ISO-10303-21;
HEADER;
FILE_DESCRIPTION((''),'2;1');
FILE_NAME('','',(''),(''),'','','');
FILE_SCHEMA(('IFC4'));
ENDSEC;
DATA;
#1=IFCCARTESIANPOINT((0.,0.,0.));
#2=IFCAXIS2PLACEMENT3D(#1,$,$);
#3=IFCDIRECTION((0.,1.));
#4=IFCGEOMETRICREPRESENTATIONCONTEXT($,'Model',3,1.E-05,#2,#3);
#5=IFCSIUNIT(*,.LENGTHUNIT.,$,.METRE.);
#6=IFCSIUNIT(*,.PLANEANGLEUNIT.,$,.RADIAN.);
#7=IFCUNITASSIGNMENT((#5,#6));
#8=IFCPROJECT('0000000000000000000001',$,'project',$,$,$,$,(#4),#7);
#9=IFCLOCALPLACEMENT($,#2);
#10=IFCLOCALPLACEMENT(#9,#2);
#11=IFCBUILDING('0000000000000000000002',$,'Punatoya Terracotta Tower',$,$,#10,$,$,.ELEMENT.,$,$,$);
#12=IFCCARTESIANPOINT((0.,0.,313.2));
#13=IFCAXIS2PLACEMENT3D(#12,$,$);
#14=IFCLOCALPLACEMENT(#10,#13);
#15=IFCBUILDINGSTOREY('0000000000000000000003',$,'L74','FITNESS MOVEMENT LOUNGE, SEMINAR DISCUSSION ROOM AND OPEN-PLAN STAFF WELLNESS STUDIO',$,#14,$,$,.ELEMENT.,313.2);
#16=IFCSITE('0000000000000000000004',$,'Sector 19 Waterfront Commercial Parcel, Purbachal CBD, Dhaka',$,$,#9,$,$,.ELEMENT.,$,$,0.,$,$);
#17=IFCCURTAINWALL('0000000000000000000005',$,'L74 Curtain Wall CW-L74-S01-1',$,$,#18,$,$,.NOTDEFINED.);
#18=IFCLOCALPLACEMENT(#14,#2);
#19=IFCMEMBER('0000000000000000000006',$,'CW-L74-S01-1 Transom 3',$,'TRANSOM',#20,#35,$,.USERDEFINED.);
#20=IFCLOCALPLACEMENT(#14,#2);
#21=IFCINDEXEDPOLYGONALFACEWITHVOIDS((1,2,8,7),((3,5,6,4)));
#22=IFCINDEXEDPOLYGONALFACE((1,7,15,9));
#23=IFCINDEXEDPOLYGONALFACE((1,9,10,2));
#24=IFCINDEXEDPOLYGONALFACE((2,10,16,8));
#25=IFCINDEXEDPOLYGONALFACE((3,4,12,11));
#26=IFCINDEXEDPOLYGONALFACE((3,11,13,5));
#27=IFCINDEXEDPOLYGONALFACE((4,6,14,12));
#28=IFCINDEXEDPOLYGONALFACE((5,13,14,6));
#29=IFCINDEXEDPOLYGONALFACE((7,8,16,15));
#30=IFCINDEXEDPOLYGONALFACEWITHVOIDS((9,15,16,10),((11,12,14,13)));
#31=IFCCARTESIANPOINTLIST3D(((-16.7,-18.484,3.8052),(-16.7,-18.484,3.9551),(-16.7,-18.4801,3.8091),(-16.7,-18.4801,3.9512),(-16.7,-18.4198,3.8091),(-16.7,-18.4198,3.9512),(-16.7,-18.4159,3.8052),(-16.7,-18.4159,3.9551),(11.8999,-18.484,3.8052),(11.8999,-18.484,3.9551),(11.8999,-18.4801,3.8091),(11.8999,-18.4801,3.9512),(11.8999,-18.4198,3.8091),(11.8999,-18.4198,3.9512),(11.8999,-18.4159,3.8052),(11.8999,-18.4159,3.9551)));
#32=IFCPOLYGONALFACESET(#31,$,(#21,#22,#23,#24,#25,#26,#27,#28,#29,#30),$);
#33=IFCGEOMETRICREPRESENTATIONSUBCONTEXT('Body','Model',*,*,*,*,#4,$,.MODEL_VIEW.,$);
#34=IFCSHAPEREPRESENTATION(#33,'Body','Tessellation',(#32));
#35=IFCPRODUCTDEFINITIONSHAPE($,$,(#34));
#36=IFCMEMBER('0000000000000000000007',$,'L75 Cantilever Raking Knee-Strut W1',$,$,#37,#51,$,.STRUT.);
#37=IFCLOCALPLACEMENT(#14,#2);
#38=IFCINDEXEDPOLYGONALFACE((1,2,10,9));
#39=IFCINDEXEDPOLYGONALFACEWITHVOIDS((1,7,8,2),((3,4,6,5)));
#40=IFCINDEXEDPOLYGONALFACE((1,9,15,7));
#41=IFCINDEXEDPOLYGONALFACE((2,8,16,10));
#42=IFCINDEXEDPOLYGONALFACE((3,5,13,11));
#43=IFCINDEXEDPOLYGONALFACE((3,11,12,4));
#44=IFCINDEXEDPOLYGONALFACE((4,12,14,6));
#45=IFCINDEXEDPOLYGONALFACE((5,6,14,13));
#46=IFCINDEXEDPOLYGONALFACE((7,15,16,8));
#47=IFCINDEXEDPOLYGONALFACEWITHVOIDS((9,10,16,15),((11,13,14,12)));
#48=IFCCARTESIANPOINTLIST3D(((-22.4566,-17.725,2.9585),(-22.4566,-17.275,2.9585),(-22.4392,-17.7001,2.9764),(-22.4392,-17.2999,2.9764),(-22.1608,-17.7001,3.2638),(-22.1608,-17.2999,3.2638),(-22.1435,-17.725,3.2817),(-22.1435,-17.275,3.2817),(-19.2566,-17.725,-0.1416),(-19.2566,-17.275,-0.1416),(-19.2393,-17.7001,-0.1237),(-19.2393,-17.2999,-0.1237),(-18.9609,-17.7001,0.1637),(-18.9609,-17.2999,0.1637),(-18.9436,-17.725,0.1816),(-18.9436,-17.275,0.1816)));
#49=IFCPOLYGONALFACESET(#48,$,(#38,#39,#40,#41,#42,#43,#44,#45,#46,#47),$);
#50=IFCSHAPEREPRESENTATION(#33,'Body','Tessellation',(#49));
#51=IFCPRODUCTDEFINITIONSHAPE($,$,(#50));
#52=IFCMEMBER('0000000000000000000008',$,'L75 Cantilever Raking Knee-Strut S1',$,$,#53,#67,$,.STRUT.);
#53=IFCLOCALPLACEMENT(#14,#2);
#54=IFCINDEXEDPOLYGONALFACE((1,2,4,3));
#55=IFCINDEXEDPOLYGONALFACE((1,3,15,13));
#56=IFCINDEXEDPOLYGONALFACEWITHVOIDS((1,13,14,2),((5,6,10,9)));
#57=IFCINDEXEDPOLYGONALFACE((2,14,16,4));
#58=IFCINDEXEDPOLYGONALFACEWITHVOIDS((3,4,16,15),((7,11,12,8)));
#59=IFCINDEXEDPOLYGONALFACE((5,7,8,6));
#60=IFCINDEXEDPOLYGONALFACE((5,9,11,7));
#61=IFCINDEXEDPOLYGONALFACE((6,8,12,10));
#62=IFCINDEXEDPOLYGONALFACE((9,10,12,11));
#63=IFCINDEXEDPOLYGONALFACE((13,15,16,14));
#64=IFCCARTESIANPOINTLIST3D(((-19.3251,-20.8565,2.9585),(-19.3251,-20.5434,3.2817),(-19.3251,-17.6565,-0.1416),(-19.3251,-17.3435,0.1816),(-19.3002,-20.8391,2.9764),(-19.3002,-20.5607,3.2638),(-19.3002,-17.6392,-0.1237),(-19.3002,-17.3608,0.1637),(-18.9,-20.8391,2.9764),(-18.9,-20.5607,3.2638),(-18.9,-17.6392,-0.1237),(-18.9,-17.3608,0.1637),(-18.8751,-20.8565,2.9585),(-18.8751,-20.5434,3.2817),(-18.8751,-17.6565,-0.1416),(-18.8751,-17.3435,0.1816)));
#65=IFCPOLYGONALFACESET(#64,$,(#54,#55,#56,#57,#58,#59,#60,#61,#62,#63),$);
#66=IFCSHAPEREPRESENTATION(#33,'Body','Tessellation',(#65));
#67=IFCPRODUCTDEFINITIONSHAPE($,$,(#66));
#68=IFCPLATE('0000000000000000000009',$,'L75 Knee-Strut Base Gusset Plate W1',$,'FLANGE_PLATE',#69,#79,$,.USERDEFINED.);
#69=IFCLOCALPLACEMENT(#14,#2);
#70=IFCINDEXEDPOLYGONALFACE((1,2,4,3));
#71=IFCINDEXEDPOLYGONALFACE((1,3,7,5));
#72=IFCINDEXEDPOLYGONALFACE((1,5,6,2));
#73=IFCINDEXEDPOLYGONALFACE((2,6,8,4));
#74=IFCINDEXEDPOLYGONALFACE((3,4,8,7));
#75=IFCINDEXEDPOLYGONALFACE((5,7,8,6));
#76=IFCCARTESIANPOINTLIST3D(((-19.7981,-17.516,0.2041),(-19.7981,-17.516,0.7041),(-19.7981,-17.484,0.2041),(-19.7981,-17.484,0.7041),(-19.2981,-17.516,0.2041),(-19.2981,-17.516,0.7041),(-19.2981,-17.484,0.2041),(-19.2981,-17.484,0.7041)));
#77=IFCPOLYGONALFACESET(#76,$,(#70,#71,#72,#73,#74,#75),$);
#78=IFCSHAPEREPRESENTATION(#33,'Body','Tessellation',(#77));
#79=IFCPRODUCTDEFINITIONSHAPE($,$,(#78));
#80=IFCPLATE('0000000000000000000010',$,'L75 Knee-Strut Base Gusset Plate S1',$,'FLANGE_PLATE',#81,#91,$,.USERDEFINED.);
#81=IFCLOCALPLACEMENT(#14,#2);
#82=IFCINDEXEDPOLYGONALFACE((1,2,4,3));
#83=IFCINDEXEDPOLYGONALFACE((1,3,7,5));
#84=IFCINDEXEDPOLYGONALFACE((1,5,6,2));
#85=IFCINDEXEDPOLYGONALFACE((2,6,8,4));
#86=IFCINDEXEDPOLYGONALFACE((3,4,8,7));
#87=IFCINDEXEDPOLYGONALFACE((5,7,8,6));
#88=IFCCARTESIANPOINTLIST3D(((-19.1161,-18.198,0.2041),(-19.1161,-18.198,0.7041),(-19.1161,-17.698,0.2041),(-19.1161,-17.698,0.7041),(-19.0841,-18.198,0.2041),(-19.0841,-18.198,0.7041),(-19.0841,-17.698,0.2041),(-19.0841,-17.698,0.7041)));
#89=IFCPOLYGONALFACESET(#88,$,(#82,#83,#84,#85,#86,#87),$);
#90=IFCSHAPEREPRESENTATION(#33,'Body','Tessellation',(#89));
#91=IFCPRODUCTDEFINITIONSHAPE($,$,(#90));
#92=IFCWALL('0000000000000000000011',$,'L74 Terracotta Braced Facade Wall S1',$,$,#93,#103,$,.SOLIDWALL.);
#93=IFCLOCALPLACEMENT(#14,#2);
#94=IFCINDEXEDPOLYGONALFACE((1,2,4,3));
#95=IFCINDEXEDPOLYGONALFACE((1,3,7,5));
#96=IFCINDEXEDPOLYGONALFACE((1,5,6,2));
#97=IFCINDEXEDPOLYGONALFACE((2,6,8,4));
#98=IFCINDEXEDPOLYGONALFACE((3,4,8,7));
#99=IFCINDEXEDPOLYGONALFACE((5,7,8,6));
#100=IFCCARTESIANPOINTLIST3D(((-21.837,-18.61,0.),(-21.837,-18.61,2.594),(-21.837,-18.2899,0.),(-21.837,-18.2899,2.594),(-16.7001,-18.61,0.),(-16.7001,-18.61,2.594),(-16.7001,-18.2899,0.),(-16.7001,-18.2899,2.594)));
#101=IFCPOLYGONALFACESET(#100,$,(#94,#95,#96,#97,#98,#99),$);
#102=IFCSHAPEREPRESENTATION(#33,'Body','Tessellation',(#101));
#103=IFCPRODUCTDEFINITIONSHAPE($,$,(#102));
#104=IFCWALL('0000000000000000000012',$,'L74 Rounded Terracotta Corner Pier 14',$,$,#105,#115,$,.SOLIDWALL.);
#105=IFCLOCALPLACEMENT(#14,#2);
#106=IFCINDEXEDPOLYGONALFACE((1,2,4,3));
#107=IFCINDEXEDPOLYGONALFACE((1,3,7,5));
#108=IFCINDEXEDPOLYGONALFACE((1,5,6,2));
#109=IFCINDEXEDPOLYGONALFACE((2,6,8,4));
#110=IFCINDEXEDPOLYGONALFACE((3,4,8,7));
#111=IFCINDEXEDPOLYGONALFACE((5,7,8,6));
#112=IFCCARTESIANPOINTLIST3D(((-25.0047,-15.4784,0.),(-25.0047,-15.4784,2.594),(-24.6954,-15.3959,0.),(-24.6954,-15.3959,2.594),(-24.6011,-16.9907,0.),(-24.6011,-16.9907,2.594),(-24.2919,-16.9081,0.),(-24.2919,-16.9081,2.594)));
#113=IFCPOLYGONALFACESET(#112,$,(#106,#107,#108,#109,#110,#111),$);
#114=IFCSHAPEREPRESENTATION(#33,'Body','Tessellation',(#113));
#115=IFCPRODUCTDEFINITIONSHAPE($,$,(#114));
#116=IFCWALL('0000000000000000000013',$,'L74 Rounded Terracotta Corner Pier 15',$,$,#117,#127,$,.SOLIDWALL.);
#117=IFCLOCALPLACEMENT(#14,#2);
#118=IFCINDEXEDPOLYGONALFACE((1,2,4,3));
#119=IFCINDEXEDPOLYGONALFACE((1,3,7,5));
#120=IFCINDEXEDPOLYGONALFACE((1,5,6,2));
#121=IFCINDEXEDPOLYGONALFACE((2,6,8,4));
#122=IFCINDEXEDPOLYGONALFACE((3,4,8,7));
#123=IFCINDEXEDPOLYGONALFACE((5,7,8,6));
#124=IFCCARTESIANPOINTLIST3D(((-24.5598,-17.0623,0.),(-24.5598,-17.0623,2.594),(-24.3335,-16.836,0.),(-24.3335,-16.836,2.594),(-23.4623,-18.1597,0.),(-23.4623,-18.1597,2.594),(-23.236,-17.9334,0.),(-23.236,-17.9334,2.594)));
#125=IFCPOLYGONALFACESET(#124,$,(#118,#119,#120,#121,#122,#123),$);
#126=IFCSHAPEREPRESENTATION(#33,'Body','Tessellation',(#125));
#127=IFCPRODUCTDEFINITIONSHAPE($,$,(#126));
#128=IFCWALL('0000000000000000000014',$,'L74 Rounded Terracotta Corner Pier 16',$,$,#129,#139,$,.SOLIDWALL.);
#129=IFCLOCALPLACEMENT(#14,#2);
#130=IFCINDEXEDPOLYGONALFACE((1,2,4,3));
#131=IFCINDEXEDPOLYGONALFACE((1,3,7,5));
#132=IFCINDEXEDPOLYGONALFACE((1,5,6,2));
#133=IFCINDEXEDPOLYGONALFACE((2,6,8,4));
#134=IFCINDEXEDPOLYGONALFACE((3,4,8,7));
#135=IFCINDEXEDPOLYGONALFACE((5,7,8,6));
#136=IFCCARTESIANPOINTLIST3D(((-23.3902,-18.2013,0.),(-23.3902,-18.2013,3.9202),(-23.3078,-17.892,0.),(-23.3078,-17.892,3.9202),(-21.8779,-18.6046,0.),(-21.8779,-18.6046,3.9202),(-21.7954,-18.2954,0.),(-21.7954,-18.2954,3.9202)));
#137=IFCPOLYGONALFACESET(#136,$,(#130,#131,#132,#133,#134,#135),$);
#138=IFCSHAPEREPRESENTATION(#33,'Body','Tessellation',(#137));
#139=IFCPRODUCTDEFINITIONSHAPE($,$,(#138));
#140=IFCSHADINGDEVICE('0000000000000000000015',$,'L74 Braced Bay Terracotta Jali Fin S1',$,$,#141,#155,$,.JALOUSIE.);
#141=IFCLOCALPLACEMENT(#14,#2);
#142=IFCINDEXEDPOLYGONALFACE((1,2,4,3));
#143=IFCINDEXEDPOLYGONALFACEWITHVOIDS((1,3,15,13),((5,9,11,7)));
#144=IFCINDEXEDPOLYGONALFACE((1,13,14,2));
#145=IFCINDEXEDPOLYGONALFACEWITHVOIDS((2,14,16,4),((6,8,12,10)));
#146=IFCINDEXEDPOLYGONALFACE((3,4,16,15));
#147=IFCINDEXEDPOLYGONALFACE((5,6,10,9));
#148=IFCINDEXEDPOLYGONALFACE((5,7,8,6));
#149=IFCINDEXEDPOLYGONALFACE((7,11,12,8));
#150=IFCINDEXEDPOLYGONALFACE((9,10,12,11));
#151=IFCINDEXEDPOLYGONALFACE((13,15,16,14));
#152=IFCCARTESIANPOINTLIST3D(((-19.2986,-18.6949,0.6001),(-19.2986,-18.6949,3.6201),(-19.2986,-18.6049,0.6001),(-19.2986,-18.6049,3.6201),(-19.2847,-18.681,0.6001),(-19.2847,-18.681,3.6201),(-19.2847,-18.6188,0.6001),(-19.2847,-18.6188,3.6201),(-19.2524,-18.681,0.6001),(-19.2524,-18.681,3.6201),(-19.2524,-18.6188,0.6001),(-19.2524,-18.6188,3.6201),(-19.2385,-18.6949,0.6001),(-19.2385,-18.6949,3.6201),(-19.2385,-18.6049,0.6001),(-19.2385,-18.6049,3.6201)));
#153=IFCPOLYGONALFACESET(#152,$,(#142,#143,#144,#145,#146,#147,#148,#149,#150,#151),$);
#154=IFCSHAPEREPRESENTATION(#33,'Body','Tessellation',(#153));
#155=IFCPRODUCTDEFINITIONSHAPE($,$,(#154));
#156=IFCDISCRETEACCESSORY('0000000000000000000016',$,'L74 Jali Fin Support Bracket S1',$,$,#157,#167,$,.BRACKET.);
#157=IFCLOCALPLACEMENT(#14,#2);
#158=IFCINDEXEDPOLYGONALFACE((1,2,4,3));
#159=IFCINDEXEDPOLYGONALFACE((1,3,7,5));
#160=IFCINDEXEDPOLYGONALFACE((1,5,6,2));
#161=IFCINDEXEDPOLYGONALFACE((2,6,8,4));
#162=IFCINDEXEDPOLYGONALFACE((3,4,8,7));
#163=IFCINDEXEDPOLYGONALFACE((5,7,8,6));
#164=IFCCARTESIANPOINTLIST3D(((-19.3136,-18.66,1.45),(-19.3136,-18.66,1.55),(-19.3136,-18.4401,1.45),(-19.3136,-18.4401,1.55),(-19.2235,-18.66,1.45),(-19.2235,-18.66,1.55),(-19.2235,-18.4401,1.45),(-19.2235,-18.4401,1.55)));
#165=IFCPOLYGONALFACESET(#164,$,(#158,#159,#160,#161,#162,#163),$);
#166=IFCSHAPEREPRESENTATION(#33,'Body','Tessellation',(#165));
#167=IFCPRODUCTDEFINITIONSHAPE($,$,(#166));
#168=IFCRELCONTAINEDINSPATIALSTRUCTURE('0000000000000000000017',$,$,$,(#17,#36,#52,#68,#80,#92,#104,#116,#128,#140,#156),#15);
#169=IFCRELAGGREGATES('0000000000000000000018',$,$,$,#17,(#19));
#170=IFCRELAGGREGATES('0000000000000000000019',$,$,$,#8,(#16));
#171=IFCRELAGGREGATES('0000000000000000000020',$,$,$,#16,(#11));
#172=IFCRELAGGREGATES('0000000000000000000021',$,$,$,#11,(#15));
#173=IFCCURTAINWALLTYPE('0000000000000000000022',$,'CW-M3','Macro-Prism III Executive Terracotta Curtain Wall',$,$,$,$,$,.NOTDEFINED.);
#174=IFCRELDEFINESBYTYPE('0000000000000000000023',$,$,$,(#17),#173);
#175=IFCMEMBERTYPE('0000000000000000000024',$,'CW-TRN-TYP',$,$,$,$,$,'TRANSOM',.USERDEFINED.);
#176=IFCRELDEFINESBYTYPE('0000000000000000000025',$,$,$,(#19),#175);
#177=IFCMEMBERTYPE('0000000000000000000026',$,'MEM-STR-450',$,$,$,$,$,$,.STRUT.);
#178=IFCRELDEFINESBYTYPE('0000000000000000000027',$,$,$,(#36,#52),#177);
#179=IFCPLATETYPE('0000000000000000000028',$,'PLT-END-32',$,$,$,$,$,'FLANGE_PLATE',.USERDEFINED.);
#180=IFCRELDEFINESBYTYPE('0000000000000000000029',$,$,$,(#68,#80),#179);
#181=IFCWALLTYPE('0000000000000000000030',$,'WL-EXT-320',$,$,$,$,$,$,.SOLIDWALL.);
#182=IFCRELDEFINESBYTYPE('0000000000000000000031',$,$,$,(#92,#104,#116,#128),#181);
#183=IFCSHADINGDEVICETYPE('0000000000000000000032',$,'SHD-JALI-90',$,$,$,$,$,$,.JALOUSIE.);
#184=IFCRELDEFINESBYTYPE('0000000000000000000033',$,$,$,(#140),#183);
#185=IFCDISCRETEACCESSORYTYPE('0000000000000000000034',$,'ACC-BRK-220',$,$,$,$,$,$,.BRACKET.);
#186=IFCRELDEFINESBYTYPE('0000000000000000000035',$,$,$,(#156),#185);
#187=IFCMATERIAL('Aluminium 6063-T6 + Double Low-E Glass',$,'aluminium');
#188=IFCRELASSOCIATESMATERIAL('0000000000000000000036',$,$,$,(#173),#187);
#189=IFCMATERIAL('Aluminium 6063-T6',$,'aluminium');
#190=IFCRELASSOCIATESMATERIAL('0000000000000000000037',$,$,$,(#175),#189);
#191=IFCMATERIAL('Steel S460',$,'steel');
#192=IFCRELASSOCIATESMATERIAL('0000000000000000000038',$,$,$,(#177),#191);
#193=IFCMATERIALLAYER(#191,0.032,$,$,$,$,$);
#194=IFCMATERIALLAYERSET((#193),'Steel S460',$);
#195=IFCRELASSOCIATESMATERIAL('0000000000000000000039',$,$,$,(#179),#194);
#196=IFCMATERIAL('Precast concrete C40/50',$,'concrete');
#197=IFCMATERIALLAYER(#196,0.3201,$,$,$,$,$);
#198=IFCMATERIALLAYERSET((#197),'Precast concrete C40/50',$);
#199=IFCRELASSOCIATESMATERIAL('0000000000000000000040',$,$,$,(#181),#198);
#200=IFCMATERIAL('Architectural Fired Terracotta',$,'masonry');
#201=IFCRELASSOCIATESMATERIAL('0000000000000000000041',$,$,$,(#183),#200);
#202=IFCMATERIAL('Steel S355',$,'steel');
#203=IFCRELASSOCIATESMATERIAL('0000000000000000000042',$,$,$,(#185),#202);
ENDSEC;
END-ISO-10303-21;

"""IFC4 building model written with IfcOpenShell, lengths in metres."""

from ifc_helpers import new_model, si_unit, direction, frame, frame_2d, origin, origin_2d, place, context, subcontext, project, spatial, rectangle, hollow_rectangle, extrude, material, layer, layer_set, material_profile, profile_set, type_object, element, aggregate, save


model = new_model("IFC4")

# Units and contexts
model_context = context("Model", 3, precision=1e-05, world=origin(), true_north=direction((0.0, 1.0)))
body_context = subcontext(model_context, "Body", "Model", "MODEL_VIEW")
ifc_project = project(units=[si_unit("LENGTHUNIT", "METRE"), si_unit("PLANEANGLEUNIT", "RADIAN")], contexts=[model_context])

# Site, building, storey
site_placement = place(None, origin())
site = spatial("IfcSite", under=ifc_project, at=site_placement, Name="Sector 19 Waterfront Commercial Parcel, Purbachal CBD, Dhaka", CompositionType="ELEMENT", RefElevation=0.0)
building_placement = place(site_placement, origin())
building = spatial("IfcBuilding", under=site, at=building_placement, Name="Punatoya Terracotta Tower", CompositionType="ELEMENT")
storey_placement = place(building_placement, frame((0.0, 0.0, 313.2)))
storey = spatial("IfcBuildingStorey", under=building, at=storey_placement, Name="L74", Description="FITNESS MOVEMENT LOUNGE, SEMINAR DISCUSSION ROOM AND OPEN-PLAN STAFF WELLNESS STUDIO", CompositionType="ELEMENT", Elevation=313.2)

# Shared definitions
ifc_material_1 = material(Name="Steel S460", Category="steel")

# Shared definitions
ifc_material_2 = material(Name="Steel S355", Category="steel")

# Curtain wall, member
ifc_material_3 = material(Name="Aluminium 6063-T6 + Double Low-E Glass", Category="aluminium")
curtain_wall_type = type_object("IfcCurtainWallType", Name="CW-M3", Description="Macro-Prism III Executive Terracotta Curtain Wall", PredefinedType="NOTDEFINED", material=ifc_material_3)
curtain_wall_placement = place(storey_placement, origin())
curtain_wall = element("IfcCurtainWall", 1, at=curtain_wall_placement, inside=storey, type_object=curtain_wall_type, Name="L74 Curtain Wall CW-L74-S01-1", PredefinedType="NOTDEFINED")
ifc_material_4 = material(Name="Aluminium 6063-T6", Category="aluminium")
ifc_material_profile_1 = material_profile(ifc_material_4, hollow_rectangle(XDim=0.0681, YDim=0.1499, WallThickness=0.0039, at=origin_2d()))
ifc_profile_set_1 = profile_set([ifc_material_profile_1], Name="Aluminium 6063-T6")
member_type_1 = type_object("IfcMemberType", Name="CW-TRN-TYP", ElementType="TRANSOM", PredefinedType="USERDEFINED", material=ifc_profile_set_1)
member_1_placement = place(storey_placement, frame((-16.7, -18.45, 3.8801), z_axis=(1.0, 0.0, 0.0), x_axis=(0.0, 1.0, 0.0)))
member_1 = element("IfcMember", 2, at=member_1_placement, type_object=member_type_1, Name="CW-L74-S01-1 Transom 3", ObjectType="TRANSOM", PredefinedType="USERDEFINED", context=body_context, shape_type="SweptSolid", body=[
    extrude(hollow_rectangle(XDim=0.0681, YDim=0.1499, WallThickness=0.0039, at=origin_2d()), origin(), (0.0, 0.0, 1.0), 28.5999),
])
aggregate(curtain_wall, [member_1])

# Members
ifc_material_profile_2 = material_profile(ifc_material_1, hollow_rectangle(XDim=0.45, YDim=0.45, WallThickness=0.0249, at=origin_2d()))
ifc_profile_set_2 = profile_set([ifc_material_profile_2], Name="Steel S460")
member_type_2 = type_object("IfcMemberType", Name="MEM-STR-450", PredefinedType="STRUT", material=ifc_profile_set_2)
for number, where, z_axis, x_axis, name in (
    (3, (-19.1001, -17.5, 0.02), (-0.718224, 0.0, 0.695812), (0.0, -1.0, 0.0), "L75 Cantilever Raking Knee-Strut W1"),
    (4, (-19.1001, -17.5, 0.02), (0.0, -0.718224, 0.695812), (1.0, 0.0, 0.0), "L75 Cantilever Raking Knee-Strut S1"),
):
    element("IfcMember", number, at=place(storey_placement, frame(where, z_axis=z_axis, x_axis=x_axis)), inside=storey, type_object=member_type_2, Name=name, PredefinedType="STRUT", context=body_context, shape_type="SweptSolid", body=[
        extrude(hollow_rectangle(XDim=0.45, YDim=0.45, WallThickness=0.0249, at=origin_2d()), origin(), (0.0, 0.0, 1.0), 4.4553),
    ])

# Plates
ifc_layer_1 = layer(ifc_material_1, 0.032)
ifc_layer_set_1 = layer_set([ifc_layer_1], Name="Steel S460")
plate_type = type_object("IfcPlateType", Name="PLT-END-32", ElementType="FLANGE_PLATE", PredefinedType="USERDEFINED", material=ifc_layer_set_1)
for number, where, z_axis, x_axis, name in (
    (5, (-19.5481, -17.5, 0.2041), (0.0, 0.0, 1.0), (1.0, 0.0, 0.0), "L75 Knee-Strut Base Gusset Plate W1"),
    (6, (-19.1001, -17.948, 0.2041), (0.0, 0.0, 1.0), (0.0, 1.0, 0.0), "L75 Knee-Strut Base Gusset Plate S1"),
):
    element("IfcPlate", number, at=place(storey_placement, frame(where, z_axis=z_axis, x_axis=x_axis)), inside=storey, type_object=plate_type, Name=name, ObjectType="FLANGE_PLATE", PredefinedType="USERDEFINED", context=body_context, shape_type="SweptSolid", body=[
        extrude(rectangle(XDim=0.5, YDim=0.032, at=origin_2d()), origin(), (0.0, 0.0, 1.0), 0.5),
    ])

# Walls
ifc_material_5 = material(Name="Precast concrete C40/50", Category="concrete")
ifc_layer_2 = layer(ifc_material_5, 0.3201)
ifc_layer_set_2 = layer_set([ifc_layer_2], Name="Precast concrete C40/50")
wall_type = type_object("IfcWallType", Name="WL-EXT-320", PredefinedType="SOLIDWALL", material=ifc_layer_set_2)
wall_1_placement = place(storey_placement, frame((-21.8369, -18.45, 0.0), z_axis=(0.0, 0.0, 1.0), x_axis=(1.0, 0.0, 0.0)))
element("IfcWall", 7, at=wall_1_placement, inside=storey, type_object=wall_type, Name="L74 Terracotta Braced Facade Wall S1", PredefinedType="SOLIDWALL", context=body_context, shape_type="SweptSolid", body=[
    extrude(rectangle(XDim=5.137, YDim=0.3201, at=frame_2d((2.5684, 0.0))), origin(), (0.0, 0.0, 1.0), 2.594),
])
wall_2_placement = place(storey_placement, frame((-24.8501, -15.437, 0.0), z_axis=(0.0, 0.0, 1.0), x_axis=(0.257847, -0.966186, 0.0)))
element("IfcWall", 8, at=wall_2_placement, inside=storey, type_object=wall_type, Name="L74 Rounded Terracotta Corner Pier 14", PredefinedType="SOLIDWALL", context=body_context, shape_type="SweptSolid", body=[
    extrude(rectangle(XDim=1.5652, YDim=0.3201, at=frame_2d((0.7827, 0.0))), origin(), (0.0, 0.0, 1.0), 2.594),
])
wall_3_placement = place(storey_placement, frame((-24.4465, -16.9492, 0.0), z_axis=(0.0, 0.0, 1.0), x_axis=(0.707107, -0.707107, 0.0)))
element("IfcWall", 9, at=wall_3_placement, inside=storey, type_object=wall_type, Name="L74 Rounded Terracotta Corner Pier 15", PredefinedType="SOLIDWALL", context=body_context, shape_type="SweptSolid", body=[
    extrude(rectangle(XDim=1.552, YDim=0.3201, at=frame_2d((0.7759, 0.0))), origin(), (0.0, 0.0, 1.0), 2.594),
])
wall_4_placement = place(storey_placement, frame((-23.3491, -18.0466, 0.0), z_axis=(0.0, 0.0, 1.0), x_axis=(0.966225, -0.257701, 0.0)))
element("IfcWall", 10, at=wall_4_placement, inside=storey, type_object=wall_type, Name="L74 Rounded Terracotta Corner Pier 16", PredefinedType="SOLIDWALL", context=body_context, shape_type="SweptSolid", body=[
    extrude(rectangle(XDim=1.5652, YDim=0.3201, at=frame_2d((0.7827, 0.0))), origin(), (0.0, 0.0, 1.0), 3.9202),
])

# Shading device
ifc_material_6 = material(Name="Architectural Fired Terracotta", Category="masonry")
ifc_material_profile_3 = material_profile(ifc_material_6, hollow_rectangle(XDim=0.0601, YDim=0.0901, WallThickness=0.0139, at=origin_2d()))
ifc_profile_set_3 = profile_set([ifc_material_profile_3], Name="Architectural Fired Terracotta")
shading_device_type = type_object("IfcShadingDeviceType", Name="SHD-JALI-90", PredefinedType="JALOUSIE", material=ifc_profile_set_3)
shading_device_placement = place(storey_placement, frame((-19.2686, -18.6499, 0.6001), z_axis=(0.0, 0.0, 1.0), x_axis=(1.0, 0.0, 0.0)))
element("IfcShadingDevice", 11, at=shading_device_placement, inside=storey, type_object=shading_device_type, Name="L74 Braced Bay Terracotta Jali Fin S1", PredefinedType="JALOUSIE", context=body_context, shape_type="SweptSolid", body=[
    extrude(hollow_rectangle(XDim=0.0601, YDim=0.0901, WallThickness=0.0139, at=origin_2d()), origin(), (0.0, 0.0, 1.0), 3.02),
])

# Discrete accessory
discrete_accessory_type = type_object("IfcDiscreteAccessoryType", Name="ACC-BRK-220", PredefinedType="BRACKET", material=ifc_material_2)
discrete_accessory_placement = place(storey_placement, frame((-19.2686, -18.55, 1.45), z_axis=(0.0, 0.0, 1.0), x_axis=(1.0, 0.0, 0.0)))
element("IfcDiscreteAccessory", 12, at=discrete_accessory_placement, inside=storey, type_object=discrete_accessory_type, Name="L74 Jali Fin Support Bracket S1", PredefinedType="BRACKET", context=body_context, shape_type="SweptSolid", body=[
    extrude(rectangle(XDim=0.0901, YDim=0.22, at=origin_2d()), origin(), (0.0, 0.0, 1.0), 0.1001),
])

save(model, "model.ifc")
